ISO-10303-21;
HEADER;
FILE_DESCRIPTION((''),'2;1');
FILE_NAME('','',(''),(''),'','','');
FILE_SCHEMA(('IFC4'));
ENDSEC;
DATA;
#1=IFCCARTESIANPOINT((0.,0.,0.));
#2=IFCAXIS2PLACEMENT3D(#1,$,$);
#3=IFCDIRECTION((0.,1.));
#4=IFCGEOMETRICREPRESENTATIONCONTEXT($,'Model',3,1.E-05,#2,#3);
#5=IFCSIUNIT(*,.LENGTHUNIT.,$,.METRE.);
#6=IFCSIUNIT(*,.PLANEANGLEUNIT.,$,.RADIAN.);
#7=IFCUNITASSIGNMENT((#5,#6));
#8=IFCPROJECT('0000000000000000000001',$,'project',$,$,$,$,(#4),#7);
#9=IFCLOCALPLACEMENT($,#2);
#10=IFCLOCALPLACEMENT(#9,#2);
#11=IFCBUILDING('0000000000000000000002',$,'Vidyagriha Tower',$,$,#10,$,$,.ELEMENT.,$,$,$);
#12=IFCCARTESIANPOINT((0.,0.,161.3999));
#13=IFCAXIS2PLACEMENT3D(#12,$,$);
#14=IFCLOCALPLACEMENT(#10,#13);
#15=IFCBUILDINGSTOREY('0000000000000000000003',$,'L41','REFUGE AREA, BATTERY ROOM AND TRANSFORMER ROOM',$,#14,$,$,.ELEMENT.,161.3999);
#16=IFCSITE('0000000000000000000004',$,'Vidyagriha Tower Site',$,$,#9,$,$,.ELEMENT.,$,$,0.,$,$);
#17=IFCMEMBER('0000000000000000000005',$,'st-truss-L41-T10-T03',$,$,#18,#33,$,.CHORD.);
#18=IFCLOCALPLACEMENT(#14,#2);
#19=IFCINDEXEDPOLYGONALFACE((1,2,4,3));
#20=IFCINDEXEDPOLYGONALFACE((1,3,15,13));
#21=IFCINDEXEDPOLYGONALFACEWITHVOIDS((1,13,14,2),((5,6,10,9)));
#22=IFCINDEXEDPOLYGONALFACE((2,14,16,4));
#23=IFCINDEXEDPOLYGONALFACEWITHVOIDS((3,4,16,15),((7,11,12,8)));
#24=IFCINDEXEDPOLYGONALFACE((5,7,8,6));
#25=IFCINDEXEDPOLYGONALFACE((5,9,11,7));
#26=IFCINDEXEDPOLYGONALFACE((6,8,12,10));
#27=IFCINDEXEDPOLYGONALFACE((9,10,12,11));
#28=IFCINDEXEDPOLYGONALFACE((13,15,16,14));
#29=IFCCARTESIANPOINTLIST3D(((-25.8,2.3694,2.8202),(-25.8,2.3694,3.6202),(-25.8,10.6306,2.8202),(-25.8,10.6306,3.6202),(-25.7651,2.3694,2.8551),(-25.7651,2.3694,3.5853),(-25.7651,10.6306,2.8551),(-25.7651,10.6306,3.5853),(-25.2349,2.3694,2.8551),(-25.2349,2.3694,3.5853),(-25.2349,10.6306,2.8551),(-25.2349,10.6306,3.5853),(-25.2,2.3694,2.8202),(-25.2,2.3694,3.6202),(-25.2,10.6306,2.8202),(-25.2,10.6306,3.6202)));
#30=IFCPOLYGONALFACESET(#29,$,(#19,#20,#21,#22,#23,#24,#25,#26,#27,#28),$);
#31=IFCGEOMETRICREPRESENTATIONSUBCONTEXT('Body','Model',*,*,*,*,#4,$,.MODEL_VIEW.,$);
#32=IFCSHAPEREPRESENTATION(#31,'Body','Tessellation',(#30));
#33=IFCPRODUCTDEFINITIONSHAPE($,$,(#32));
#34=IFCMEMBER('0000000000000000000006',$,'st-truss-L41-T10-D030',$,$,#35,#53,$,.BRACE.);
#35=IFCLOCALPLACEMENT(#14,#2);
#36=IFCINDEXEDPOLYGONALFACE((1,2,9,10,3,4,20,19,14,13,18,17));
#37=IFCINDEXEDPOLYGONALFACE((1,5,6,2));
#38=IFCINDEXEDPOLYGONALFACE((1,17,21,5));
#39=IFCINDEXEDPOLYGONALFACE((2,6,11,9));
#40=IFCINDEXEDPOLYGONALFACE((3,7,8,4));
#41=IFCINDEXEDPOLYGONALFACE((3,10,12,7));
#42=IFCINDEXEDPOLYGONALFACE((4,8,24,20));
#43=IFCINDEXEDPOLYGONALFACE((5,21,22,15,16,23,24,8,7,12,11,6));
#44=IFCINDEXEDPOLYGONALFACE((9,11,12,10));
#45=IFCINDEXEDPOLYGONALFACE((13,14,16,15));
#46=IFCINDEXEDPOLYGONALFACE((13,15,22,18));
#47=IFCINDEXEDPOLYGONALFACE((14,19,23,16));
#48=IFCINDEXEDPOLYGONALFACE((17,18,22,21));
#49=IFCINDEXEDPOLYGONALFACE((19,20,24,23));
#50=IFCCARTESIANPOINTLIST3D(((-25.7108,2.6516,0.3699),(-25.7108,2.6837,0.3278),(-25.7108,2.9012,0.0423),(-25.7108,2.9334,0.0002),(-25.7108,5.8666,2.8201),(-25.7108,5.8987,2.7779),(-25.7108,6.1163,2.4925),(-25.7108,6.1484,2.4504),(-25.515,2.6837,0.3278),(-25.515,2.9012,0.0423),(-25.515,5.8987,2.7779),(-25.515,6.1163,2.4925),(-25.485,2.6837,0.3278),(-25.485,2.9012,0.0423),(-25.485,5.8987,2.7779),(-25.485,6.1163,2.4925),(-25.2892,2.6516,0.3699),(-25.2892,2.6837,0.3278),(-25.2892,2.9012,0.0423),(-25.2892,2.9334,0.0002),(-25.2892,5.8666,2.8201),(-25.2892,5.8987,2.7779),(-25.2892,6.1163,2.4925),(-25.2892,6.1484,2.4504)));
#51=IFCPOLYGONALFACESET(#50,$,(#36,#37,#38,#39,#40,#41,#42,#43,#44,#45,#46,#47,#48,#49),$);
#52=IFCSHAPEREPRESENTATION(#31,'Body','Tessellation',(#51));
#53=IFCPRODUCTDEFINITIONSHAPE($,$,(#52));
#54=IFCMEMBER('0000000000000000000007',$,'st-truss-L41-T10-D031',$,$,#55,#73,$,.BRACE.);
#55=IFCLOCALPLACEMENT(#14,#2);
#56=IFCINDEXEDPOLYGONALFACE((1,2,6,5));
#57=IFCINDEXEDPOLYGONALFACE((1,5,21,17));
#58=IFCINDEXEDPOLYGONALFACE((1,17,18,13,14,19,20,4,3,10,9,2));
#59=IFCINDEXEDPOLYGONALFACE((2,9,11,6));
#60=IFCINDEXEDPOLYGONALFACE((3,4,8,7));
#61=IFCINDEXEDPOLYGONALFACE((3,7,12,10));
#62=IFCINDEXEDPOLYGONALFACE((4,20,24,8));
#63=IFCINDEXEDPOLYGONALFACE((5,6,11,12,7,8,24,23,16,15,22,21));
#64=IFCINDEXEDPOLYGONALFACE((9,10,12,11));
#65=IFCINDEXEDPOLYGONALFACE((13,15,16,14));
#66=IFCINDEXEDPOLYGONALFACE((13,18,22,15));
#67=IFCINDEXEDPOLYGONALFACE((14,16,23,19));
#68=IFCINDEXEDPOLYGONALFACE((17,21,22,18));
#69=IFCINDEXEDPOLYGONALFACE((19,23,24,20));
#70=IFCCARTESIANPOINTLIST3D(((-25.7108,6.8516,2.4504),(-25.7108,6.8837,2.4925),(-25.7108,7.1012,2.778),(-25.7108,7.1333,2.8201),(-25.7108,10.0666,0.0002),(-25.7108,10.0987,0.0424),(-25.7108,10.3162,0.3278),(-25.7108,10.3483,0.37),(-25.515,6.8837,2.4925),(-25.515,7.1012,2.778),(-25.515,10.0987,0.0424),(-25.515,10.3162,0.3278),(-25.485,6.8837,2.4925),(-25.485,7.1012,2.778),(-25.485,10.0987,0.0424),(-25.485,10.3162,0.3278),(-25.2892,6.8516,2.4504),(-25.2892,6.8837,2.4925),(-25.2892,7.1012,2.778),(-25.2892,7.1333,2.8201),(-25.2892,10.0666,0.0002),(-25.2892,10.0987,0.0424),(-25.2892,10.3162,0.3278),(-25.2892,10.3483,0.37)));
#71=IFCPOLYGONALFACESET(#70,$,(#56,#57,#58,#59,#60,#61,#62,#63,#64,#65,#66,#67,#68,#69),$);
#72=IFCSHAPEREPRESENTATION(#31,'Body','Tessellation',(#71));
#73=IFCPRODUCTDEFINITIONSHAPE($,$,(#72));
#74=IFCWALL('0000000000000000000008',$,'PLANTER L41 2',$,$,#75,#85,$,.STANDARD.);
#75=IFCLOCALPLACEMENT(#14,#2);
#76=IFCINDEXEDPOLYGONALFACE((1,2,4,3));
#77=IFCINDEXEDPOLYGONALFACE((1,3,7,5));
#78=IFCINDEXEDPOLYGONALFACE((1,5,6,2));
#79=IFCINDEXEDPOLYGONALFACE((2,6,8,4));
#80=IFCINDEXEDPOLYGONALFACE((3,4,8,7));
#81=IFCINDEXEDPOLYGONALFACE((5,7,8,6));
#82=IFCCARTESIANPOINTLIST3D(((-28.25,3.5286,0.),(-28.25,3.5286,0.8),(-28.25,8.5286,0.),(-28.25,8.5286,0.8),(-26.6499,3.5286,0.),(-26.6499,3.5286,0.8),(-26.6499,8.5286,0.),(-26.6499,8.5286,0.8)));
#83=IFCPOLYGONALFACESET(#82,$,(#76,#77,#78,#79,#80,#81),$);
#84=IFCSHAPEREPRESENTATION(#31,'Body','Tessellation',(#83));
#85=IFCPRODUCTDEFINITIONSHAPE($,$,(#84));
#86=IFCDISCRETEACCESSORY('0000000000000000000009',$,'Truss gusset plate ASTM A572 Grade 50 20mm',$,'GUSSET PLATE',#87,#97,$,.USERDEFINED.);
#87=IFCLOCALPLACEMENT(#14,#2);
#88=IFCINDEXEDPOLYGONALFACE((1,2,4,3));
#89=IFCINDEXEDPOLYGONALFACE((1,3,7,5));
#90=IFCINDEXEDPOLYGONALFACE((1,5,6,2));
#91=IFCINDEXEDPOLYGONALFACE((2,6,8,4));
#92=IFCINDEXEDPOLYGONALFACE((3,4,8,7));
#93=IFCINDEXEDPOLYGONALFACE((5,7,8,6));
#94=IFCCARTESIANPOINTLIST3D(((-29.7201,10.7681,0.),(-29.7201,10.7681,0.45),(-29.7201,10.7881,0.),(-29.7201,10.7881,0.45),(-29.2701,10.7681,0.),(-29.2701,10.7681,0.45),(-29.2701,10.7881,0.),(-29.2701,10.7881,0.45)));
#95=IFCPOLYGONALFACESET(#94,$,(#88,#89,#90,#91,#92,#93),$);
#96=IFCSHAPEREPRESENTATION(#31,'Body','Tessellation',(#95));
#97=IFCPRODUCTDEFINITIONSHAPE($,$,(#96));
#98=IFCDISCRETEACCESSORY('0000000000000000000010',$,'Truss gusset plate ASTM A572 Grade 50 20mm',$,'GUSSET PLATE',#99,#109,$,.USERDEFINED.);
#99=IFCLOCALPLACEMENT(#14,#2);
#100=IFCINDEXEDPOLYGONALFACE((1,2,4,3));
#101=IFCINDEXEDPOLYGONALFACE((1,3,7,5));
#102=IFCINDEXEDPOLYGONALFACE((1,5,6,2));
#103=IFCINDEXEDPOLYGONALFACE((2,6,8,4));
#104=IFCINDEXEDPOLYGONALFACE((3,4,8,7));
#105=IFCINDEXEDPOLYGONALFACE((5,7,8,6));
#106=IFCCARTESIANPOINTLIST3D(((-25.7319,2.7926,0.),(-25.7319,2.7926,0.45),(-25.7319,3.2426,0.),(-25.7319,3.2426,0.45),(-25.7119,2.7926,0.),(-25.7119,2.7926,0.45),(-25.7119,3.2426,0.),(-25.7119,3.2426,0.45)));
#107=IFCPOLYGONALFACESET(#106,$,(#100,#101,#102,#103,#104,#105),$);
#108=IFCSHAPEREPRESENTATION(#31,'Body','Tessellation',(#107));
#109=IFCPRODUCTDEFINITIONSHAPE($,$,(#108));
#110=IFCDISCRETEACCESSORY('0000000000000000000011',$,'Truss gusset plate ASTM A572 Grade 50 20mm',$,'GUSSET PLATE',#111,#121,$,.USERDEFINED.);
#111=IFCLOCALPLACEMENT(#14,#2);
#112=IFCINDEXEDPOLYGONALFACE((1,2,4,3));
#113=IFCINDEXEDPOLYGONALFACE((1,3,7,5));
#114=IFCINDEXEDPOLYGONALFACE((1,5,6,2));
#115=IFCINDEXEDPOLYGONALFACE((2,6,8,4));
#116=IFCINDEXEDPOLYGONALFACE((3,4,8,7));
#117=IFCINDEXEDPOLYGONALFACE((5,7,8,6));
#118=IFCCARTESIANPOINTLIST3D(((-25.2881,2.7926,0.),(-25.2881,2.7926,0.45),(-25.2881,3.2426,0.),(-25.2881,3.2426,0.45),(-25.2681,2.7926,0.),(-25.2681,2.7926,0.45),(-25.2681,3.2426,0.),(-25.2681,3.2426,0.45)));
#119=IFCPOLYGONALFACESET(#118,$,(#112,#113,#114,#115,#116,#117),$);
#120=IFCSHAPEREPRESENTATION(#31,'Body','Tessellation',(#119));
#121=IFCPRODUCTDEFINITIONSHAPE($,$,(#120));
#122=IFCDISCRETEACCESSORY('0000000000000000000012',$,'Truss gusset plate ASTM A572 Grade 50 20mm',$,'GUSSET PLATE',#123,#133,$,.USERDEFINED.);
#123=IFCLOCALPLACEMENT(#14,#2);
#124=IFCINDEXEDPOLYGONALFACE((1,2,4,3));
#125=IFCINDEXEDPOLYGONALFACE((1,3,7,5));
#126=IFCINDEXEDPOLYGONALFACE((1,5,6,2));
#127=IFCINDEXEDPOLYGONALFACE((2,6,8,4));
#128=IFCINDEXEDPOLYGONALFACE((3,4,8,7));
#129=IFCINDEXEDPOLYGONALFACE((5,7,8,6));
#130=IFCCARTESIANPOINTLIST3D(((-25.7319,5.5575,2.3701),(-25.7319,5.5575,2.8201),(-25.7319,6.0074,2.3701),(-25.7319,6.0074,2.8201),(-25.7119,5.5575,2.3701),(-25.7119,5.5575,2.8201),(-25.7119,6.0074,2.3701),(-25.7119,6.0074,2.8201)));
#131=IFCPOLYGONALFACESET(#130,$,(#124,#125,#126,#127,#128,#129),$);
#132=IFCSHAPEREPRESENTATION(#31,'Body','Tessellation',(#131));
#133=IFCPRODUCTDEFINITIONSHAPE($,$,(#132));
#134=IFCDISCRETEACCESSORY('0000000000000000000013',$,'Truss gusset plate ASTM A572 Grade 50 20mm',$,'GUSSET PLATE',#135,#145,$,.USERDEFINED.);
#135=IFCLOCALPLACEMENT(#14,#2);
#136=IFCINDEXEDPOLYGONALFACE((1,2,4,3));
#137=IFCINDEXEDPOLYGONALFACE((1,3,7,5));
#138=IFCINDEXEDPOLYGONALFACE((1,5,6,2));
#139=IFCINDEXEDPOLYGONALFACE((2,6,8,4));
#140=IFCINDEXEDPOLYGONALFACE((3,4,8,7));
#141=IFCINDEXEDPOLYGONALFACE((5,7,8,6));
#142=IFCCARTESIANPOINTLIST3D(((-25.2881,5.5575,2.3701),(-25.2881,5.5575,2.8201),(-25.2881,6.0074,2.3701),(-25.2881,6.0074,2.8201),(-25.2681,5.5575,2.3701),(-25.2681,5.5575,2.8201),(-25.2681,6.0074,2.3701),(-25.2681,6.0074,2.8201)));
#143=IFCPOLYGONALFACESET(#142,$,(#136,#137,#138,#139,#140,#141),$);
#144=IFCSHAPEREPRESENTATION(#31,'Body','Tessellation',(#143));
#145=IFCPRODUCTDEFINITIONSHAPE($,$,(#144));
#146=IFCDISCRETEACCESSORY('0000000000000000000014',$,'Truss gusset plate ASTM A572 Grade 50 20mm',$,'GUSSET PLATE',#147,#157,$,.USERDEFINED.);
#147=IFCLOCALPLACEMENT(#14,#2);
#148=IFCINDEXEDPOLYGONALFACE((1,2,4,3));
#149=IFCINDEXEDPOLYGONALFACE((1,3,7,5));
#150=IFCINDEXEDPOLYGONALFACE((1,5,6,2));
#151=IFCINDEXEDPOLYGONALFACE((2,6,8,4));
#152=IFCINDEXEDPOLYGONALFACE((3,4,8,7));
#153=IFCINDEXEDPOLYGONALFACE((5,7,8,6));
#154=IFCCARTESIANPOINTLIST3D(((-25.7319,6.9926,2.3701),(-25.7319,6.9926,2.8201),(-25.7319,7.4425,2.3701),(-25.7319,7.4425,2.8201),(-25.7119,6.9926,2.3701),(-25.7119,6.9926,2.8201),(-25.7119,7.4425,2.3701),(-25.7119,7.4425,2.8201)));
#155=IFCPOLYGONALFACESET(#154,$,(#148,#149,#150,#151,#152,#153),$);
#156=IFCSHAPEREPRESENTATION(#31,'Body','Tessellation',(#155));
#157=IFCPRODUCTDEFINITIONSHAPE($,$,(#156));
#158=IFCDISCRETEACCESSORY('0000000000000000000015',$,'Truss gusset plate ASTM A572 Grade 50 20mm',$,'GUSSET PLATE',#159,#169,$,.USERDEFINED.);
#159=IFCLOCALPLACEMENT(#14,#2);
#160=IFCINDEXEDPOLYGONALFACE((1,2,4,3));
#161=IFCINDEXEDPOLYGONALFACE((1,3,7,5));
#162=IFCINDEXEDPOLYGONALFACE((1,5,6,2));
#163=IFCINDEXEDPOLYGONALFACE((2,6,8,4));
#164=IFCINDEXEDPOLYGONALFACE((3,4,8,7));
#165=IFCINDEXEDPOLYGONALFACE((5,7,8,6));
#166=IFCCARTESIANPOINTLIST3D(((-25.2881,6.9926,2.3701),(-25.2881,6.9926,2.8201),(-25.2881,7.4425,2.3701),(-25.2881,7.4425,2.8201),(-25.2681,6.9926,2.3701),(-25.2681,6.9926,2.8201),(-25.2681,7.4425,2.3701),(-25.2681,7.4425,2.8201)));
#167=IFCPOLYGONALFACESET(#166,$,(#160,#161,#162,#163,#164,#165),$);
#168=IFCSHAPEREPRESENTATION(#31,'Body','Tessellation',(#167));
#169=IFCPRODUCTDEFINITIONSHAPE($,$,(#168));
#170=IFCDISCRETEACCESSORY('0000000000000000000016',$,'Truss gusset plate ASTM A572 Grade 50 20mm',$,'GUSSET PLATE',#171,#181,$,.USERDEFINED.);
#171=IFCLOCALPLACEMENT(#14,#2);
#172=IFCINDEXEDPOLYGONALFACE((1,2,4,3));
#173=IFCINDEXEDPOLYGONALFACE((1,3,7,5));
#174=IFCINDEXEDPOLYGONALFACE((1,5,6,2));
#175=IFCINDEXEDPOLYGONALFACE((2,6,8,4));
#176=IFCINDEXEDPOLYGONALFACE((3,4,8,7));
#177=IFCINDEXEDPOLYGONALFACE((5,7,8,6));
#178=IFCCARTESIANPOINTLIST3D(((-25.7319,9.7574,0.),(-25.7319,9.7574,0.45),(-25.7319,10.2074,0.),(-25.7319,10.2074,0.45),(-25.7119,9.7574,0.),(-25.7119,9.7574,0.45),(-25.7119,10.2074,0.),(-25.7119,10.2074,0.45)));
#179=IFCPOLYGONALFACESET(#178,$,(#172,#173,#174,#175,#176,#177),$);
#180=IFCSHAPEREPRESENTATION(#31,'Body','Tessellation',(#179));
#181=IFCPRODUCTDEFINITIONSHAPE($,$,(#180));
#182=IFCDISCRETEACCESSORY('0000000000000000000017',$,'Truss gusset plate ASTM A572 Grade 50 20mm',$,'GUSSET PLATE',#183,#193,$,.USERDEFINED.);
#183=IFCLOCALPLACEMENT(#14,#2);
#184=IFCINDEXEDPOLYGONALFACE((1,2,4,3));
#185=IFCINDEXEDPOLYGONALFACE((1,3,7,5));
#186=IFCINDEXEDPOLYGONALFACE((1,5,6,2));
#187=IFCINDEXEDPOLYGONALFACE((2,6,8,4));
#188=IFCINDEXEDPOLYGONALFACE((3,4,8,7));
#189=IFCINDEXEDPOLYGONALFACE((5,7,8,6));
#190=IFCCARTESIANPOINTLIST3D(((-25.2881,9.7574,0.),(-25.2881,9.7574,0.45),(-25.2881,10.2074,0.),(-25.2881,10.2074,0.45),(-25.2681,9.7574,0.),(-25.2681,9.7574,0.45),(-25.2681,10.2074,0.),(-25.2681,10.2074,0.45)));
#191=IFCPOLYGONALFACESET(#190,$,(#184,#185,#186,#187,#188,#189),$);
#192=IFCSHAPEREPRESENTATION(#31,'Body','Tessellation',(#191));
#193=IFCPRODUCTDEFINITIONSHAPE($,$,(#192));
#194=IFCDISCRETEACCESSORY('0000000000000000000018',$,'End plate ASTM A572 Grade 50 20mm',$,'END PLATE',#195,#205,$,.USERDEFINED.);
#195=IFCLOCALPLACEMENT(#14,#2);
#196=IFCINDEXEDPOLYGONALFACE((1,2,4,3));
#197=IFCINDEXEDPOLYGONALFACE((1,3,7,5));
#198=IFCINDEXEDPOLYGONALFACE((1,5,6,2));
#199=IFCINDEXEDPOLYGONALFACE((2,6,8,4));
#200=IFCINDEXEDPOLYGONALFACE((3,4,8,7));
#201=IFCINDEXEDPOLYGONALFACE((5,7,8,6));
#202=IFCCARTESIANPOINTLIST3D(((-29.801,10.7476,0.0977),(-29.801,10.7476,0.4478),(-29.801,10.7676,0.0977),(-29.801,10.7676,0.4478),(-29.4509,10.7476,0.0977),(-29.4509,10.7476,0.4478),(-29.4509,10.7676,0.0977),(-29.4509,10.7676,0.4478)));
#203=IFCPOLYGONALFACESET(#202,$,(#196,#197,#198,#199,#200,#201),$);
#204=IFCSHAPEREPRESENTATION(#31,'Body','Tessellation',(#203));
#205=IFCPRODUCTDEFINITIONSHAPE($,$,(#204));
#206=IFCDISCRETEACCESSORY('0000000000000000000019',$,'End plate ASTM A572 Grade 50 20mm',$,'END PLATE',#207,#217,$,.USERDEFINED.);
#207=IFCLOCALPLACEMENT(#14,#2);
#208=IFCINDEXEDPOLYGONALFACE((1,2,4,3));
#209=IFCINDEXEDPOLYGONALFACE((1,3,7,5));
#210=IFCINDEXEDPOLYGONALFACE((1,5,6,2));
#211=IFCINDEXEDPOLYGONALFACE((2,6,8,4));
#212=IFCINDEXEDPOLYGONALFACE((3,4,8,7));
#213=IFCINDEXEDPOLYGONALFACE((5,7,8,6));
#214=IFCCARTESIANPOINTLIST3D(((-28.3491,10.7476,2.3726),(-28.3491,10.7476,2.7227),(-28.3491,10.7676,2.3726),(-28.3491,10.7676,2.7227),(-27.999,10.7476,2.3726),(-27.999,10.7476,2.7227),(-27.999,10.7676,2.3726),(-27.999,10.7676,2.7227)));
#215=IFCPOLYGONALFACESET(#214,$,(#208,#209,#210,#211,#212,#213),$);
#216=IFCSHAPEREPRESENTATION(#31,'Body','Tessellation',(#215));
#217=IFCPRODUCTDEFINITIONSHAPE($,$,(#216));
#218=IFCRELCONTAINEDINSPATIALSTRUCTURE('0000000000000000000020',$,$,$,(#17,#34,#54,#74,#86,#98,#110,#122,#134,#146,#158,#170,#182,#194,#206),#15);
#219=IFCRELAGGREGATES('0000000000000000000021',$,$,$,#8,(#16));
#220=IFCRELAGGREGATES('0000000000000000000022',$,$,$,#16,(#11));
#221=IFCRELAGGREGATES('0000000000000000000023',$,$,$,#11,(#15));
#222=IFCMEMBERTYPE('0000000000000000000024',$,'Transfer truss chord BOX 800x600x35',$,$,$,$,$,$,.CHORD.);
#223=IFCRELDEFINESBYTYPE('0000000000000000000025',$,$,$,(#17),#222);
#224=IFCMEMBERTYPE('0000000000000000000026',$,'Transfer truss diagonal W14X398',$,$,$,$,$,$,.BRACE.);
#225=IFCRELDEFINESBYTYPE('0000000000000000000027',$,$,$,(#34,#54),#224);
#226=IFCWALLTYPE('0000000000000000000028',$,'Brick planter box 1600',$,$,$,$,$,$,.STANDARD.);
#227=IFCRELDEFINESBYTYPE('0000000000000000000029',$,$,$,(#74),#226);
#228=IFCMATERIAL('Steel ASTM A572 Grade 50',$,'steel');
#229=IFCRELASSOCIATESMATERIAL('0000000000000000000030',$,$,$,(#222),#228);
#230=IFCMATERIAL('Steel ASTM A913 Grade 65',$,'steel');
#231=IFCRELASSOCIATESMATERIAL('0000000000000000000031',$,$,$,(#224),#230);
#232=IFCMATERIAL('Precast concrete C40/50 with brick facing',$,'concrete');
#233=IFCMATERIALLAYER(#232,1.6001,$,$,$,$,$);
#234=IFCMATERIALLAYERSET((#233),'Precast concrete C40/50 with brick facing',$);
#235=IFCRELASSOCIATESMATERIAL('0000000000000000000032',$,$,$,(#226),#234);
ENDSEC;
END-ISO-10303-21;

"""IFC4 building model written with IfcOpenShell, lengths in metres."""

from ifc_helpers import new_model, si_unit, direction, frame, frame_2d, origin, origin_2d, place, context, subcontext, project, spatial, rectangle, hollow_rectangle, i_section, extrude, material, layer, layer_set, material_profile, profile_set, type_object, element, save


model = new_model("IFC4")

# Units and contexts
model_context = context("Model", 3, precision=1e-05, world=origin(), true_north=direction((0.0, 1.0)))
body_context = subcontext(model_context, "Body", "Model", "MODEL_VIEW")
ifc_project = project(units=[si_unit("LENGTHUNIT", "METRE"), si_unit("PLANEANGLEUNIT", "RADIAN")], contexts=[model_context])

# Site, building, storey
site_placement = place(None, origin())
site = spatial("IfcSite", under=ifc_project, at=site_placement, Name="Vidyagriha Tower Site", CompositionType="ELEMENT", RefElevation=0.0)
building_placement = place(site_placement, origin())
building = spatial("IfcBuilding", under=site, at=building_placement, Name="Vidyagriha Tower", CompositionType="ELEMENT")
storey_placement = place(building_placement, frame((0.0, 0.0, 161.3999)))
storey = spatial("IfcBuildingStorey", under=building, at=storey_placement, Name="L41", Description="REFUGE AREA, BATTERY ROOM AND TRANSFORMER ROOM", CompositionType="ELEMENT", Elevation=161.3999)

# Members
ifc_material_1 = material(Name="Steel ASTM A572 Grade 50", Category="steel")
ifc_material_profile_1 = material_profile(ifc_material_1, hollow_rectangle(XDim=0.6001, YDim=0.8, WallThickness=0.0349, at=origin_2d()), Name="BOX 800x600x35")
ifc_profile_set_1 = profile_set([ifc_material_profile_1], Name="Steel ASTM A572 Grade 50")
member_type_1 = type_object("IfcMemberType", Name="Transfer truss chord BOX 800x600x35", PredefinedType="CHORD", material=ifc_profile_set_1)
member_placement = place(storey_placement, frame((-25.5, 2.3694, 3.2202), z_axis=(0.0, 1.0, 0.0), x_axis=(-1.0, 0.0, 0.0)))
element("IfcMember", 1, at=member_placement, inside=storey, type_object=member_type_1, Name="st-truss-L41-T10-T03", PredefinedType="CHORD", context=body_context, shape_type="SweptSolid", body=[
    extrude(hollow_rectangle(XDim=0.6001, YDim=0.8, WallThickness=0.0349, at=origin_2d()), origin(), (0.0, 0.0, 1.0), 8.2612),
])
ifc_material_2 = material(Name="Steel ASTM A913 Grade 65", Category="steel")
ifc_material_profile_2 = material_profile(ifc_material_2, i_section(OverallWidth=0.4216, OverallDepth=0.4648, WebThickness=0.03, FlangeThickness=0.053, at=origin_2d()), Name="W14X398")
ifc_profile_set_2 = profile_set([ifc_material_profile_2], Name="Steel ASTM A913 Grade 65")
member_type_2 = type_object("IfcMemberType", Name="Transfer truss diagonal W14X398", PredefinedType="BRACE", material=ifc_profile_set_2)
for number, where, z_axis, x_axis, name in (
    (2, (-25.5, 2.7925, 0.1851), (0.0, 0.79536, 0.606138), (-1.0, 0.0, 0.0), "st-truss-L41-T10-D030"),
    (3, (-25.5, 6.9924, 2.6353), (0.0, 0.79536, -0.606138), (-1.0, 0.0, 0.0), "st-truss-L41-T10-D031"),
):
    element("IfcMember", number, at=place(storey_placement, frame(where, z_axis=z_axis, x_axis=x_axis)), inside=storey, type_object=member_type_2, Name=name, PredefinedType="BRACE", context=body_context, shape_type="SweptSolid", body=[
        extrude(i_section(OverallWidth=0.4216, OverallDepth=0.4648, WebThickness=0.03, FlangeThickness=0.053, at=origin_2d()), origin(), (0.0, 0.0, 1.0), 4.0422),
    ])

# Wall
ifc_material_3 = material(Name="Precast concrete C40/50 with brick facing", Category="concrete")
ifc_layer = layer(ifc_material_3, 1.6001)
ifc_layer_set = layer_set([ifc_layer], Name="Precast concrete C40/50 with brick facing")
wall_type = type_object("IfcWallType", Name="Brick planter box 1600", PredefinedType="STANDARD", material=ifc_layer_set)
wall_placement = place(storey_placement, frame((-27.45, 8.5286, 0.0), z_axis=(0.0, 0.0, 1.0), x_axis=(0.0, -1.0, 0.0)))
element("IfcWall", 4, at=wall_placement, inside=storey, type_object=wall_type, Name="PLANTER L41 2", PredefinedType="STANDARD", context=body_context, shape_type="SweptSolid", body=[
    extrude(rectangle(XDim=5.0, YDim=1.6001, at=frame_2d((2.5, 0.0))), origin(), (0.0, 0.0, 1.0), 0.8),
])

# Discrete accessories
discrete_accessory_1_placement = place(storey_placement, frame((-29.4951, 10.7781, 0.0)))
element("IfcDiscreteAccessory", 5, at=discrete_accessory_1_placement, inside=storey, Name="Truss gusset plate ASTM A572 Grade 50 20mm", ObjectType="GUSSET PLATE", PredefinedType="USERDEFINED", context=body_context, shape_type="SweptSolid", body=[
    extrude(rectangle(XDim=0.45, YDim=0.02, at=origin_2d()), origin(), (0.0, 0.0, 1.0), 0.45),
])
for number, where, z_axis, x_axis, name in (
    (6, (-25.7219, 3.0176, 0.0), (0.0, 0.0, 1.0), (0.0, 1.0, 0.0), "Truss gusset plate ASTM A572 Grade 50 20mm"),
    (7, (-25.2781, 3.0176, 0.0), (0.0, 0.0, 1.0), (0.0, 1.0, 0.0), "Truss gusset plate ASTM A572 Grade 50 20mm"),
    (8, (-25.7219, 5.7825, 2.3701), (0.0, 0.0, 1.0), (0.0, 1.0, 0.0), "Truss gusset plate ASTM A572 Grade 50 20mm"),
    (9, (-25.2781, 5.7825, 2.3701), (0.0, 0.0, 1.0), (0.0, 1.0, 0.0), "Truss gusset plate ASTM A572 Grade 50 20mm"),
    (10, (-25.7219, 7.2175, 2.3701), (0.0, 0.0, 1.0), (0.0, 1.0, 0.0), "Truss gusset plate ASTM A572 Grade 50 20mm"),
    (11, (-25.2781, 7.2175, 2.3701), (0.0, 0.0, 1.0), (0.0, 1.0, 0.0), "Truss gusset plate ASTM A572 Grade 50 20mm"),
    (12, (-25.7219, 9.9824, 0.0), (0.0, 0.0, 1.0), (0.0, 1.0, 0.0), "Truss gusset plate ASTM A572 Grade 50 20mm"),
    (13, (-25.2781, 9.9824, 0.0), (0.0, 0.0, 1.0), (0.0, 1.0, 0.0), "Truss gusset plate ASTM A572 Grade 50 20mm"),
):
    element("IfcDiscreteAccessory", number, at=place(storey_placement, frame(where, z_axis=z_axis, x_axis=x_axis)), inside=storey, Name=name, ObjectType="GUSSET PLATE", PredefinedType="USERDEFINED", context=body_context, shape_type="SweptSolid", body=[
        extrude(rectangle(XDim=0.45, YDim=0.02, at=origin_2d()), origin(), (0.0, 0.0, 1.0), 0.45),
    ])
discrete_accessory_2_placement = place(storey_placement, frame((-29.626, 10.7576, 0.0977), z_axis=(0.0, 0.0, 1.0), x_axis=(-1.0, 0.0, 0.0)))
element("IfcDiscreteAccessory", 14, at=discrete_accessory_2_placement, inside=storey, Name="End plate ASTM A572 Grade 50 20mm", ObjectType="END PLATE", PredefinedType="USERDEFINED", context=body_context, shape_type="SweptSolid", body=[
    extrude(rectangle(XDim=0.3501, YDim=0.02, at=origin_2d()), origin(), (0.0, 0.0, 1.0), 0.3501),
])
discrete_accessory_3_placement = place(storey_placement, frame((-28.1741, 10.7576, 2.3726)))
element("IfcDiscreteAccessory", 15, at=discrete_accessory_3_placement, inside=storey, Name="End plate ASTM A572 Grade 50 20mm", ObjectType="END PLATE", PredefinedType="USERDEFINED", context=body_context, shape_type="SweptSolid", body=[
    extrude(rectangle(XDim=0.3501, YDim=0.02, at=origin_2d()), origin(), (0.0, 0.0, 1.0), 0.3501),
])

save(model, "model.ifc")
